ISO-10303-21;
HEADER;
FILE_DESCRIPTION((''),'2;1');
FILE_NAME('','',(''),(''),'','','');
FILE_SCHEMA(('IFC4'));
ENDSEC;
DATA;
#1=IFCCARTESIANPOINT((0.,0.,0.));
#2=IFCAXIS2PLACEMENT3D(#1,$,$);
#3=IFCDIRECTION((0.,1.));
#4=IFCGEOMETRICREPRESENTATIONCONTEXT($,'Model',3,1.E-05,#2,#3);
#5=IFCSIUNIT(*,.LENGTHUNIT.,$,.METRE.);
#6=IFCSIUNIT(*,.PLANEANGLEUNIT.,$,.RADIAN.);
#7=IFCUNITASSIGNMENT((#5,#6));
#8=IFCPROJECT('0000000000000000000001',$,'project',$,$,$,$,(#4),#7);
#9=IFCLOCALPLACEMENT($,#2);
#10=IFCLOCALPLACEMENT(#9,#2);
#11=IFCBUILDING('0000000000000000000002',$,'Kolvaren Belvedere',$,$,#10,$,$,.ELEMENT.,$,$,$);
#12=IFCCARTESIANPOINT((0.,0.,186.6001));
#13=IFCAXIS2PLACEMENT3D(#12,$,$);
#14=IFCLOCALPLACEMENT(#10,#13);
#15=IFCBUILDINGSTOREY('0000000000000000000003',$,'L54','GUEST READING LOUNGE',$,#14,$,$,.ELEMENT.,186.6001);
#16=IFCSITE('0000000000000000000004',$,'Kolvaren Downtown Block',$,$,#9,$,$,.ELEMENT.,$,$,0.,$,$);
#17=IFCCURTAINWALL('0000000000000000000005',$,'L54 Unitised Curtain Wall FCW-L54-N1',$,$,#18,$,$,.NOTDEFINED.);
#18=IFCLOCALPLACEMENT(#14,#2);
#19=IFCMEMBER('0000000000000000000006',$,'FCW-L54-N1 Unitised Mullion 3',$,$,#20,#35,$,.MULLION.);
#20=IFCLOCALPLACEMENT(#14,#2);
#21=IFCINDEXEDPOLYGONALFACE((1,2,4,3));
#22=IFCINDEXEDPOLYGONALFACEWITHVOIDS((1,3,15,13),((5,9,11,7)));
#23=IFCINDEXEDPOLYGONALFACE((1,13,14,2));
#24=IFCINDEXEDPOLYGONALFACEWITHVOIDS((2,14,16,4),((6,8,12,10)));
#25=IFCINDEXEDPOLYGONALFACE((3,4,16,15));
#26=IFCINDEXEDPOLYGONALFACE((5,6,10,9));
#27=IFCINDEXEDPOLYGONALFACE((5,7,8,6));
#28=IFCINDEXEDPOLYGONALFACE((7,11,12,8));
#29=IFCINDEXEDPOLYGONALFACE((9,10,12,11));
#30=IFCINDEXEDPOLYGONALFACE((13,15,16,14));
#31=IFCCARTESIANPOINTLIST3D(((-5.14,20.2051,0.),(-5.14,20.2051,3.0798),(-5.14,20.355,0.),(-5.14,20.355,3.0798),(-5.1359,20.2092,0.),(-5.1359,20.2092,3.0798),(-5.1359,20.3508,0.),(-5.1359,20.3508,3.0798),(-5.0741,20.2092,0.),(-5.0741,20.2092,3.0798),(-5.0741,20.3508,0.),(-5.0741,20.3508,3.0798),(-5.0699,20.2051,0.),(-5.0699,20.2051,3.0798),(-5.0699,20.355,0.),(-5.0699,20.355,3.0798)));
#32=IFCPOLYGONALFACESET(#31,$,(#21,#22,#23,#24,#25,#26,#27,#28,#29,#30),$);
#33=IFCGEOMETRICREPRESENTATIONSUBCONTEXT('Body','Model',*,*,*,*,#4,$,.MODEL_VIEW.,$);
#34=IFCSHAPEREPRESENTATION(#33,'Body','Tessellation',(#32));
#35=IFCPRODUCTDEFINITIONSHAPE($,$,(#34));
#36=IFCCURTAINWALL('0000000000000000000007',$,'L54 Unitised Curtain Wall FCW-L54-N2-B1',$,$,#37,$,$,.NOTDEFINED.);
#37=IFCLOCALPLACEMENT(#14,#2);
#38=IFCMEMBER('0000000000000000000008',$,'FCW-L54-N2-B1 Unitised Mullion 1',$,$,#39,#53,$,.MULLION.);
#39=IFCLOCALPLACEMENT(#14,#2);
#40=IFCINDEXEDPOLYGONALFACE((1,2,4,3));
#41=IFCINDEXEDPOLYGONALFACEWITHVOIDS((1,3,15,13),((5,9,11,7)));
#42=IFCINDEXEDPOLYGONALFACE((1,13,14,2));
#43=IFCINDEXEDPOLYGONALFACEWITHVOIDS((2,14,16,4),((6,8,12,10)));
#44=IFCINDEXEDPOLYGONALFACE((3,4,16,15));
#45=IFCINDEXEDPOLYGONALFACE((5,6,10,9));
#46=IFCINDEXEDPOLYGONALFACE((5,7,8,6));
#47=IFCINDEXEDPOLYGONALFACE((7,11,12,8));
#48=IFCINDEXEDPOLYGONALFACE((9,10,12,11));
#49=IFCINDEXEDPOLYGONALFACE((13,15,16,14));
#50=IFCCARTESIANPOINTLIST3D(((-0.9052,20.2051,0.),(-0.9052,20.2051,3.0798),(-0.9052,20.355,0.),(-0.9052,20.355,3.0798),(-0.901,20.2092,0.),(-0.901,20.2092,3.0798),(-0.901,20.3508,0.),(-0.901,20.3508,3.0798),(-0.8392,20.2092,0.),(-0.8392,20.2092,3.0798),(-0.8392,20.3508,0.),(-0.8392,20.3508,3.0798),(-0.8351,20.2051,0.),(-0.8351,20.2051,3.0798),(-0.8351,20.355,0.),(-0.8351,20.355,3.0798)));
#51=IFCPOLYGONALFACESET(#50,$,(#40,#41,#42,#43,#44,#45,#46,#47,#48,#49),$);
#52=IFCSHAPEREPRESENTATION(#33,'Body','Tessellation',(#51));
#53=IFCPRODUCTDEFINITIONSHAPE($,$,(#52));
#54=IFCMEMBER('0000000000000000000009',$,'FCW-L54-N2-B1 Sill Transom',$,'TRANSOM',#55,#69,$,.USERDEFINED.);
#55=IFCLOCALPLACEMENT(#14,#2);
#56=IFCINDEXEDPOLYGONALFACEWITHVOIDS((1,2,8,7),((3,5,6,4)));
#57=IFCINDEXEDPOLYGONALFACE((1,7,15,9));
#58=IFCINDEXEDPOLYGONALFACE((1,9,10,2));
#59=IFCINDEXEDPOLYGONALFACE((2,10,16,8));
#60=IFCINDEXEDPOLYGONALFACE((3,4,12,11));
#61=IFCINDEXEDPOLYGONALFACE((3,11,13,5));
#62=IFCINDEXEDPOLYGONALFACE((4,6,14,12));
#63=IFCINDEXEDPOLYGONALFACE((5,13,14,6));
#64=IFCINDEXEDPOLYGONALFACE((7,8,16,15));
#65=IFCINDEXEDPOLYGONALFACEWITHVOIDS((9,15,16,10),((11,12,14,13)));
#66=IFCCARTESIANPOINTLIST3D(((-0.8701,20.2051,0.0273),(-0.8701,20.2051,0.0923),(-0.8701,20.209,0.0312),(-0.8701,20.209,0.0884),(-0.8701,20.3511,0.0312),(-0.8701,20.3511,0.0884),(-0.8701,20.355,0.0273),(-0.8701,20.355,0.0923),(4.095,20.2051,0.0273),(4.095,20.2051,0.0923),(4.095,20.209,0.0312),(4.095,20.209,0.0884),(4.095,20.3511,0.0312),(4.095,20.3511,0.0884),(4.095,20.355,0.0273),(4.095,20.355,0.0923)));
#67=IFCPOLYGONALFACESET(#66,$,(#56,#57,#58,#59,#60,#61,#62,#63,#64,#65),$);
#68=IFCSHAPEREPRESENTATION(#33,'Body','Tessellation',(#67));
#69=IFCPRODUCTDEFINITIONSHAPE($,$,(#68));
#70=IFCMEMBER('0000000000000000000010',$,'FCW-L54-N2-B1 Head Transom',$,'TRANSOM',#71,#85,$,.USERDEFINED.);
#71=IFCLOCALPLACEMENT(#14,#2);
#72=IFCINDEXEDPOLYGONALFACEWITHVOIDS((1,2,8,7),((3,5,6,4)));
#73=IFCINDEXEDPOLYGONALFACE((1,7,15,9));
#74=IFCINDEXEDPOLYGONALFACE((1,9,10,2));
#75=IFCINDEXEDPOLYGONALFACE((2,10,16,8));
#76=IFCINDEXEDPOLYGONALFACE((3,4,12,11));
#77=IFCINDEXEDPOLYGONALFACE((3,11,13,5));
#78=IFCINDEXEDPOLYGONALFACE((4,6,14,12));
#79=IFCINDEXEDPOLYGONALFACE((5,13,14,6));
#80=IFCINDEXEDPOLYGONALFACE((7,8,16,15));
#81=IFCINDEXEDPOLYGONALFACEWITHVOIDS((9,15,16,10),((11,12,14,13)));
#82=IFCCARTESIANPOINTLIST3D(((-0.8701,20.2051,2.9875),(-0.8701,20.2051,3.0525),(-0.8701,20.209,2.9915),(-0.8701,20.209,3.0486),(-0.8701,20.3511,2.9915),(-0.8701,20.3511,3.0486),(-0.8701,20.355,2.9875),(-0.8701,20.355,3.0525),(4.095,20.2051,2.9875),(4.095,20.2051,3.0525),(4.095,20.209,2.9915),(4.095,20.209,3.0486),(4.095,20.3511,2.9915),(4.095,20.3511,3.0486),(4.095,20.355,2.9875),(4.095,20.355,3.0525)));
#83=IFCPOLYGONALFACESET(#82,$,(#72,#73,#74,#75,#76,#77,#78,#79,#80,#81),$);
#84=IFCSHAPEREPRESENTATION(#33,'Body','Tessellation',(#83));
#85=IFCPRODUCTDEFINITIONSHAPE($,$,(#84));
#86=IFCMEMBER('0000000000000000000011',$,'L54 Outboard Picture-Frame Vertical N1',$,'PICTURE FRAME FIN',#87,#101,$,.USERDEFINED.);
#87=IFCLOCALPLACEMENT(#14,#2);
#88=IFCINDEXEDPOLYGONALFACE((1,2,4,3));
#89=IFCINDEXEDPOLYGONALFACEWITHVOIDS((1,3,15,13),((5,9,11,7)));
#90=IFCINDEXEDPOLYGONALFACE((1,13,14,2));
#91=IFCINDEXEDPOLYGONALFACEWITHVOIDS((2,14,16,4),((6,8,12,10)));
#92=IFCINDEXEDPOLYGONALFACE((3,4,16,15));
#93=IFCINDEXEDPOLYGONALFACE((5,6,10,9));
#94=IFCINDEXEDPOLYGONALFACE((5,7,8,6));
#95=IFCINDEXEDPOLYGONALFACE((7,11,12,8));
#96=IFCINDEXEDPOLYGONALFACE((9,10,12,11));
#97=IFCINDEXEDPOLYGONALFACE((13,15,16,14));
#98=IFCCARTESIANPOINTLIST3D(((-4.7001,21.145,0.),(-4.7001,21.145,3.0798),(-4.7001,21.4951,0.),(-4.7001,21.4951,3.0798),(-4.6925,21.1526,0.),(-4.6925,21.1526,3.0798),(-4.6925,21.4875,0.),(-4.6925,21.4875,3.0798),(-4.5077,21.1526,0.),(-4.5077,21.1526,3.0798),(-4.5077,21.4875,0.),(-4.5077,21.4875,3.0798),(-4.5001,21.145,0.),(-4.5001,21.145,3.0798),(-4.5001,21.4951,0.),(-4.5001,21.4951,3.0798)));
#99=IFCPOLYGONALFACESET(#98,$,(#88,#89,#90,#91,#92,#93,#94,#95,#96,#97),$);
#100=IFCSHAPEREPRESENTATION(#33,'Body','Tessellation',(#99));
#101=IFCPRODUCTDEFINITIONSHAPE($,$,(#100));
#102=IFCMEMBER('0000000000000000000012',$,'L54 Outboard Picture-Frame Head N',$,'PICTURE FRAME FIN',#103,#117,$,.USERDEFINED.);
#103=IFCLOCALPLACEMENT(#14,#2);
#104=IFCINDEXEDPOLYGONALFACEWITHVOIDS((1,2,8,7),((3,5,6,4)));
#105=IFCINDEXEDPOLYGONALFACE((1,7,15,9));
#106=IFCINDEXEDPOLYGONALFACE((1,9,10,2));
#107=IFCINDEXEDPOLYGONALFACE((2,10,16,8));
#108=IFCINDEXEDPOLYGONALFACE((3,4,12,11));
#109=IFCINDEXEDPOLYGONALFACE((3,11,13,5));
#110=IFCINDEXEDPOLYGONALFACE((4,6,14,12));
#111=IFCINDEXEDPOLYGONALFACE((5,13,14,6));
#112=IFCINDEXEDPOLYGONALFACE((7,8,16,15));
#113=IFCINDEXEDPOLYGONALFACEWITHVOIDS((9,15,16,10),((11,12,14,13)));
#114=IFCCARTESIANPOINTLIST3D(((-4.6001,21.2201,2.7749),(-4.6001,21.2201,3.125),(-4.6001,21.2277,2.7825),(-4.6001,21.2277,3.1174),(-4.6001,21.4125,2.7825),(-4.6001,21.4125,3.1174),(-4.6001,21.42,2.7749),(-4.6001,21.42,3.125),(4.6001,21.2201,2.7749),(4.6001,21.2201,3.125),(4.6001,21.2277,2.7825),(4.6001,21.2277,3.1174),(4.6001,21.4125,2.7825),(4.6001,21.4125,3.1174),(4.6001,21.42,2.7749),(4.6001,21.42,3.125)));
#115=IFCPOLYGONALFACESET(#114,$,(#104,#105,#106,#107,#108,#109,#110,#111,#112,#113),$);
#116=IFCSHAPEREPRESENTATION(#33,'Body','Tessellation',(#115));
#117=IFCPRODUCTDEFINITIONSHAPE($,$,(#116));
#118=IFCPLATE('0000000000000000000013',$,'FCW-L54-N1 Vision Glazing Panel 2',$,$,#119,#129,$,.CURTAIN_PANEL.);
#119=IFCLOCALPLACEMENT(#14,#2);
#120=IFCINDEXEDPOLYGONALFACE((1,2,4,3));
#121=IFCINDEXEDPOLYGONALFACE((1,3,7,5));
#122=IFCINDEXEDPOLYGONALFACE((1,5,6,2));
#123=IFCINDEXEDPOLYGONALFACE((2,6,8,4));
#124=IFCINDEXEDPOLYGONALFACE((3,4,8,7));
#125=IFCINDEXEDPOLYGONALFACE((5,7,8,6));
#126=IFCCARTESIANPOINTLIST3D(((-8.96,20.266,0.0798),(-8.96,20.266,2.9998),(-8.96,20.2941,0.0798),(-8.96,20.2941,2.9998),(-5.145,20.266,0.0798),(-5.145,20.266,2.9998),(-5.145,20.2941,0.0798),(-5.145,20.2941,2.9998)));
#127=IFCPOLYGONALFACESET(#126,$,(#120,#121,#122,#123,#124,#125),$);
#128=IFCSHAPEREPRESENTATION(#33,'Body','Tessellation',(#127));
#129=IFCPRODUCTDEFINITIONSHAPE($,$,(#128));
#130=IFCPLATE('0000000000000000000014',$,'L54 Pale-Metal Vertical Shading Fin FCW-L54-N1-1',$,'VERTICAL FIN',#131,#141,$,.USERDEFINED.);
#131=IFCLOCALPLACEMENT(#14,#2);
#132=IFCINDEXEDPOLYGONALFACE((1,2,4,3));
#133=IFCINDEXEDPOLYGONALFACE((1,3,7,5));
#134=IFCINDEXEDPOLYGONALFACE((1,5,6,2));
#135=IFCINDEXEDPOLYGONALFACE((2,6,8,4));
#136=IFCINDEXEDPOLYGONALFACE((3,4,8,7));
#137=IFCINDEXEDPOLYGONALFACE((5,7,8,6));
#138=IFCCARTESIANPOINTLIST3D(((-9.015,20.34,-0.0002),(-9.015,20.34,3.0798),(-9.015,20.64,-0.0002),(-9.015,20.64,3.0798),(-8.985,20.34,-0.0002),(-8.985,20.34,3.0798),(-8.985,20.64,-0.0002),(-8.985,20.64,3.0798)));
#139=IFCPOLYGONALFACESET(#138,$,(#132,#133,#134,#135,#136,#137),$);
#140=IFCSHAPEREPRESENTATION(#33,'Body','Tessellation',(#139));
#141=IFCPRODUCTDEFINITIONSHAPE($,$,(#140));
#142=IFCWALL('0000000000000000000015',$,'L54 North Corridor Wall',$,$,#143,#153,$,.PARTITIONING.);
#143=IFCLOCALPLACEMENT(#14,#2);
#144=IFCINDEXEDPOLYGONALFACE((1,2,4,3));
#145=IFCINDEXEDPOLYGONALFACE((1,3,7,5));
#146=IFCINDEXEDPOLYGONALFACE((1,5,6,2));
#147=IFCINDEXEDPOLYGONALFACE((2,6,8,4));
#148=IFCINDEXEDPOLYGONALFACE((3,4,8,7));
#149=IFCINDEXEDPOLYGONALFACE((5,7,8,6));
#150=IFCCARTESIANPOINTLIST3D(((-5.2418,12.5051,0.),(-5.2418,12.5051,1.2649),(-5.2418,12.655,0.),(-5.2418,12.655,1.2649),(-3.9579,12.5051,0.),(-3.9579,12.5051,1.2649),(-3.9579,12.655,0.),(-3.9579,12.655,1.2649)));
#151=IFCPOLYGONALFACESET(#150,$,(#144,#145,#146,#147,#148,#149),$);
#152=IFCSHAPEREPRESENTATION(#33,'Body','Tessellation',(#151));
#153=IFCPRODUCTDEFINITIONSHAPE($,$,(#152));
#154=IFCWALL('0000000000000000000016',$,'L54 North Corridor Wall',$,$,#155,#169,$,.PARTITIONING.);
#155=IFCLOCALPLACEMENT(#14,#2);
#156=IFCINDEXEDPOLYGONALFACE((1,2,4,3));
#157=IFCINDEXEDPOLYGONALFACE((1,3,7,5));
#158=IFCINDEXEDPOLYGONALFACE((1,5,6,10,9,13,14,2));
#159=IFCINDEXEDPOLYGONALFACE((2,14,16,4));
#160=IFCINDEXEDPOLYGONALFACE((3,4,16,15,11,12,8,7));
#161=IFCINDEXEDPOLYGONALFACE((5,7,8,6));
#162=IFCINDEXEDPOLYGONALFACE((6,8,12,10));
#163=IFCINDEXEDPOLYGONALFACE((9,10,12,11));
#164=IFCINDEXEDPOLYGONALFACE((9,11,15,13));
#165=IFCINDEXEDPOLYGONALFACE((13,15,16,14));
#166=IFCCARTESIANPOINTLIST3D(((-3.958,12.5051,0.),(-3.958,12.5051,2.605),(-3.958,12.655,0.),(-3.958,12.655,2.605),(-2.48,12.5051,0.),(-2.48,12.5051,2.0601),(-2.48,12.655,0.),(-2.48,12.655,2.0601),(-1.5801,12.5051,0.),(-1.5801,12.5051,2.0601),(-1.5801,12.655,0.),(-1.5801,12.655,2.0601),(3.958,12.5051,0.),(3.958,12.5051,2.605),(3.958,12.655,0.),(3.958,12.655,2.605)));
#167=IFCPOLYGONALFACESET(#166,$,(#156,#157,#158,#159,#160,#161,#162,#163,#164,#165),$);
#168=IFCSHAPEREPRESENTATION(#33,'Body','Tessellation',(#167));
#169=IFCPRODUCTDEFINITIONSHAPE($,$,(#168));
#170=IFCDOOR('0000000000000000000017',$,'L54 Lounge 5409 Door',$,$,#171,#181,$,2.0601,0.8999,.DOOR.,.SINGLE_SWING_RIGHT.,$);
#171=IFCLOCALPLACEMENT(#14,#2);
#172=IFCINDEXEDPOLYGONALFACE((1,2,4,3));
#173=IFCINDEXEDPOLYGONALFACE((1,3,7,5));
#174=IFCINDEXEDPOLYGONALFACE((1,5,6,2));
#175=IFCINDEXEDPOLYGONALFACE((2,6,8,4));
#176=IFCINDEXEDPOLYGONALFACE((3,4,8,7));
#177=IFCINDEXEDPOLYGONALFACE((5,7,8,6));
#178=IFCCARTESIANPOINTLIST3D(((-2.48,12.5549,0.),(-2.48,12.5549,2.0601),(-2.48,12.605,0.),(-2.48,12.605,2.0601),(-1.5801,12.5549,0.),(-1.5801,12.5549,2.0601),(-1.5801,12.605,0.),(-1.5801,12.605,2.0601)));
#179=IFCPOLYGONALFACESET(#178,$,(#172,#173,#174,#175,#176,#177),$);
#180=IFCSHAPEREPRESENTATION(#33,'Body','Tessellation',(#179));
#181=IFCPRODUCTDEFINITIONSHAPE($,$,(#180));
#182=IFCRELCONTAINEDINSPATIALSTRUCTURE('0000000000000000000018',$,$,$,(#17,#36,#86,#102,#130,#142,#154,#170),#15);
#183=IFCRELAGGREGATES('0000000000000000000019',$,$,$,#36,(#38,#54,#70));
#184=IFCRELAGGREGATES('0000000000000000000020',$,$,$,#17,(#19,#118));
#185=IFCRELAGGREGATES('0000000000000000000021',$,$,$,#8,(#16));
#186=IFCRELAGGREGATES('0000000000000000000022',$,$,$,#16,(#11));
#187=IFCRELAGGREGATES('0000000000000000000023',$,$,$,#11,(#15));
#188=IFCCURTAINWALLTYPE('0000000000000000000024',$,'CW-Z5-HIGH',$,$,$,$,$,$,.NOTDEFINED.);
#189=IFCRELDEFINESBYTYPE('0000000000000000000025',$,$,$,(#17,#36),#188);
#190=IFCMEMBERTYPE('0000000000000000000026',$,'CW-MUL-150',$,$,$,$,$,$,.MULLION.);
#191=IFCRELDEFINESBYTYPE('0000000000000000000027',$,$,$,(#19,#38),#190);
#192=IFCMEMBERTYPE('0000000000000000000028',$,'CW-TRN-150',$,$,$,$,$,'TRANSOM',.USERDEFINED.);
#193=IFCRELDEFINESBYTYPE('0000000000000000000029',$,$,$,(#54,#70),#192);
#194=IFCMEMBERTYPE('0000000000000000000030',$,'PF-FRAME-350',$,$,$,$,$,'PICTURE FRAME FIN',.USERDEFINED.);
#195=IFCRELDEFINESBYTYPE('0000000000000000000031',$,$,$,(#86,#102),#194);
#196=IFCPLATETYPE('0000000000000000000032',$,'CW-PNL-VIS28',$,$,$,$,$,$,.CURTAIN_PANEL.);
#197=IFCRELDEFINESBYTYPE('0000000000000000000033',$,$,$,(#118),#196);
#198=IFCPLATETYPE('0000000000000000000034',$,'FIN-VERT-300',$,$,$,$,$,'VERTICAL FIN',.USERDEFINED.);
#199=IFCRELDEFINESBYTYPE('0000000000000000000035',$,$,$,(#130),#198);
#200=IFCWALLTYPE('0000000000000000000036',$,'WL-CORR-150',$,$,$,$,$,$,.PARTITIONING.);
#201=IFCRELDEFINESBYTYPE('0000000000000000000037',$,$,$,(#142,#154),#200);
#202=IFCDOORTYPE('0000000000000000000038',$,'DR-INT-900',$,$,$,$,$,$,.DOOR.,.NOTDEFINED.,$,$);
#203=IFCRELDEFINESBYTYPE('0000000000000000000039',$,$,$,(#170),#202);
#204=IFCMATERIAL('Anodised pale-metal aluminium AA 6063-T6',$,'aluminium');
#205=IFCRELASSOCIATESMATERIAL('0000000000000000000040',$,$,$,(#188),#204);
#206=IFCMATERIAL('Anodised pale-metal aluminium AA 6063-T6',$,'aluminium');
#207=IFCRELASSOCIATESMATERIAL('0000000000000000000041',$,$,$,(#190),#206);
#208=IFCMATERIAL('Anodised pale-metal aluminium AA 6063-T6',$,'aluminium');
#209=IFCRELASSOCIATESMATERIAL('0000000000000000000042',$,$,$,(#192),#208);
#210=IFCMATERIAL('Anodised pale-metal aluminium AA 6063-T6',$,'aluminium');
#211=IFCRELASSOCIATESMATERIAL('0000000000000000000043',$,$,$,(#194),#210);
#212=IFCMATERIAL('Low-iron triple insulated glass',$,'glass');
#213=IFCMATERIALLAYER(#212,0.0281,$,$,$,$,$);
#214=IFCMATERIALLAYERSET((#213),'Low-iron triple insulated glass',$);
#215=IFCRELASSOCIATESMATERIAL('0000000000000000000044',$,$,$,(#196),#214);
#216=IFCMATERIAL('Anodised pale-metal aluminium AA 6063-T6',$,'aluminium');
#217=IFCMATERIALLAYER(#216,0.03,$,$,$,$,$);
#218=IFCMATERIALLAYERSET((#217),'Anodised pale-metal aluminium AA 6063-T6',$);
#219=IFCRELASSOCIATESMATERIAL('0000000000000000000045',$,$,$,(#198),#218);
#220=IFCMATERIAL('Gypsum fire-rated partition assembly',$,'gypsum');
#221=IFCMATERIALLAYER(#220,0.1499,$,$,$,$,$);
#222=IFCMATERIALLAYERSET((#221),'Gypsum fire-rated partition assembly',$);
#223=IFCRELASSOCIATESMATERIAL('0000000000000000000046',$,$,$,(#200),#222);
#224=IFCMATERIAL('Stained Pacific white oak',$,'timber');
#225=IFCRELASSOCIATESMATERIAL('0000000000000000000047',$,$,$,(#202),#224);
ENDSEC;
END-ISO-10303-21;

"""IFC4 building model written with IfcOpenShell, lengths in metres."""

from ifc_helpers import new_model, si_unit, direction, frame, frame_2d, origin, origin_2d, place, context, subcontext, project, spatial, rectangle, hollow_rectangle, extrude, material, layer, layer_set, material_profile, profile_set, type_object, element, fill, aggregate, save


model = new_model("IFC4")

# Units and contexts
model_context = context("Model", 3, precision=1e-05, world=origin(), true_north=direction((0.0, 1.0)))
body_context = subcontext(model_context, "Body", "Model", "MODEL_VIEW")
ifc_project = project(units=[si_unit("LENGTHUNIT", "METRE"), si_unit("PLANEANGLEUNIT", "RADIAN")], contexts=[model_context])

# Site, building, storey
site_placement = place(None, origin())
site = spatial("IfcSite", under=ifc_project, at=site_placement, Name="Kolvaren Downtown Block", CompositionType="ELEMENT", RefElevation=0.0)
building_placement = place(site_placement, origin())
building = spatial("IfcBuilding", under=site, at=building_placement, Name="Kolvaren Belvedere", CompositionType="ELEMENT")
storey_placement = place(building_placement, frame((0.0, 0.0, 186.6001)))
storey = spatial("IfcBuildingStorey", under=building, at=storey_placement, Name="L54", Description="GUEST READING LOUNGE", CompositionType="ELEMENT", Elevation=186.6001)

# Curtain walls, members
ifc_material_1 = material(Name="Anodised pale-metal aluminium AA 6063-T6", Category="aluminium")
curtain_wall_type = type_object("IfcCurtainWallType", Name="CW-Z5-HIGH", PredefinedType="NOTDEFINED", material=ifc_material_1)
curtain_wall_1_placement = place(storey_placement, origin())
curtain_wall_1 = element("IfcCurtainWall", 1, at=curtain_wall_1_placement, inside=storey, type_object=curtain_wall_type, Name="L54 Unitised Curtain Wall FCW-L54-N1", PredefinedType="NOTDEFINED")
ifc_material_2 = material(Name="Anodised pale-metal aluminium AA 6063-T6", Category="aluminium")
ifc_material_profile_1 = material_profile(ifc_material_2, hollow_rectangle(XDim=0.0701, YDim=0.1499, WallThickness=0.0042, at=origin_2d()), Name="ALU-MUL-150X70")
ifc_profile_set_1 = profile_set([ifc_material_profile_1], Name="Anodised pale-metal aluminium AA 6063-T6")
member_type_1 = type_object("IfcMemberType", Name="CW-MUL-150", PredefinedType="MULLION", material=ifc_profile_set_1)
member_1_placement = place(storey_placement, frame((-5.105, 20.28, 0.0), z_axis=(0.0, 0.0, 1.0), x_axis=(1.0, 0.0, 0.0)))
member_1 = element("IfcMember", 2, at=member_1_placement, type_object=member_type_1, Name="FCW-L54-N1 Unitised Mullion 3", PredefinedType="MULLION", context=body_context, shape_type="SweptSolid", body=[
    extrude(hollow_rectangle(XDim=0.0701, YDim=0.1499, WallThickness=0.0042, at=origin_2d()), origin(), (0.0, 0.0, 1.0), 3.0798),
])
curtain_wall_2_placement = place(storey_placement, origin())
curtain_wall_2 = element("IfcCurtainWall", 3, at=curtain_wall_2_placement, inside=storey, type_object=curtain_wall_type, Name="L54 Unitised Curtain Wall FCW-L54-N2-B1", PredefinedType="NOTDEFINED")
member_2_placement = place(storey_placement, frame((-0.8701, 20.28, 0.0), z_axis=(0.0, 0.0, 1.0), x_axis=(1.0, 0.0, 0.0)))
member_2 = element("IfcMember", 4, at=member_2_placement, type_object=member_type_1, Name="FCW-L54-N2-B1 Unitised Mullion 1", PredefinedType="MULLION", context=body_context, shape_type="SweptSolid", body=[
    extrude(hollow_rectangle(XDim=0.0701, YDim=0.1499, WallThickness=0.0042, at=origin_2d()), origin(), (0.0, 0.0, 1.0), 3.0798),
])
ifc_material_3 = material(Name="Anodised pale-metal aluminium AA 6063-T6", Category="aluminium")
ifc_material_profile_2 = material_profile(ifc_material_3, hollow_rectangle(XDim=0.0649, YDim=0.1499, WallThickness=0.0039, at=origin_2d()), Name="ALU-TRN-150X65")
ifc_profile_set_2 = profile_set([ifc_material_profile_2], Name="Anodised pale-metal aluminium AA 6063-T6")
member_type_2 = type_object("IfcMemberType", Name="CW-TRN-150", ElementType="TRANSOM", PredefinedType="USERDEFINED", material=ifc_profile_set_2)
member_3_placement = place(storey_placement, frame((-0.8701, 20.28, 0.0598), z_axis=(1.0, 0.0, 0.0), x_axis=(0.0, 0.0, 1.0)))
member_3 = element("IfcMember", 5, at=member_3_placement, type_object=member_type_2, Name="FCW-L54-N2-B1 Sill Transom", ObjectType="TRANSOM", PredefinedType="USERDEFINED", context=body_context, shape_type="SweptSolid", body=[
    extrude(hollow_rectangle(XDim=0.0649, YDim=0.1499, WallThickness=0.0039, at=origin_2d()), origin(), (0.0, 0.0, 1.0), 4.9651),
])
member_4_placement = place(storey_placement, frame((-0.8701, 20.28, 3.02), z_axis=(1.0, 0.0, 0.0), x_axis=(0.0, 0.0, 1.0)))
member_4 = element("IfcMember", 6, at=member_4_placement, type_object=member_type_2, Name="FCW-L54-N2-B1 Head Transom", ObjectType="TRANSOM", PredefinedType="USERDEFINED", context=body_context, shape_type="SweptSolid", body=[
    extrude(hollow_rectangle(XDim=0.0649, YDim=0.1499, WallThickness=0.0039, at=origin_2d()), origin(), (0.0, 0.0, 1.0), 4.9651),
])
aggregate(curtain_wall_2, [member_2, member_3, member_4])

# Members
ifc_material_4 = material(Name="Anodised pale-metal aluminium AA 6063-T6", Category="aluminium")
ifc_material_profile_3 = material_profile(ifc_material_4, hollow_rectangle(XDim=0.2, YDim=0.3501, WallThickness=0.0076, at=origin_2d()), Name="ALU-PF-350X200")
ifc_profile_set_3 = profile_set([ifc_material_profile_3], Name="Anodised pale-metal aluminium AA 6063-T6")
member_type_3 = type_object("IfcMemberType", Name="PF-FRAME-350", ElementType="PICTURE FRAME FIN", PredefinedType="USERDEFINED", material=ifc_profile_set_3)
member_5_placement = place(storey_placement, frame((-4.6001, 21.3201, 0.0), z_axis=(0.0, 0.0, 1.0), x_axis=(1.0, 0.0, 0.0)))
element("IfcMember", 7, at=member_5_placement, inside=storey, type_object=member_type_3, Name="L54 Outboard Picture-Frame Vertical N1", ObjectType="PICTURE FRAME FIN", PredefinedType="USERDEFINED", context=body_context, shape_type="SweptSolid", body=[
    extrude(hollow_rectangle(XDim=0.2, YDim=0.3501, WallThickness=0.0076, at=origin_2d()), origin(), (0.0, 0.0, 1.0), 3.0798),
])
member_6_placement = place(storey_placement, frame((-4.6001, 21.3201, 2.95), z_axis=(1.0, 0.0, 0.0), x_axis=(0.0, 1.0, 0.0)))
element("IfcMember", 8, at=member_6_placement, inside=storey, type_object=member_type_3, Name="L54 Outboard Picture-Frame Head N", ObjectType="PICTURE FRAME FIN", PredefinedType="USERDEFINED", context=body_context, shape_type="SweptSolid", body=[
    extrude(hollow_rectangle(XDim=0.2, YDim=0.3501, WallThickness=0.0076, at=origin_2d()), origin(), (0.0, 0.0, 1.0), 9.2002),
])

# Plates
ifc_material_5 = material(Name="Low-iron triple insulated glass", Category="glass")
ifc_layer_1 = layer(ifc_material_5, 0.0281)
ifc_layer_set_1 = layer_set([ifc_layer_1], Name="Low-iron triple insulated glass")
plate_type_1 = type_object("IfcPlateType", Name="CW-PNL-VIS28", PredefinedType="CURTAIN_PANEL", material=ifc_layer_set_1)
plate_1_placement = place(storey_placement, frame((-7.0525, 20.28, 0.0798), z_axis=(0.0, 0.0, 1.0), x_axis=(1.0, 0.0, 0.0)))
plate_1 = element("IfcPlate", 9, at=plate_1_placement, type_object=plate_type_1, Name="FCW-L54-N1 Vision Glazing Panel 2", PredefinedType="CURTAIN_PANEL", context=body_context, shape_type="SweptSolid", body=[
    extrude(rectangle(XDim=3.8149, YDim=0.0281, at=origin_2d()), origin(), (0.0, 0.0, 1.0), 2.9199),
])
aggregate(curtain_wall_1, [member_1, plate_1])
ifc_material_6 = material(Name="Anodised pale-metal aluminium AA 6063-T6", Category="aluminium")
ifc_layer_2 = layer(ifc_material_6, 0.03)
ifc_layer_set_2 = layer_set([ifc_layer_2], Name="Anodised pale-metal aluminium AA 6063-T6")
plate_type_2 = type_object("IfcPlateType", Name="FIN-VERT-300", ElementType="VERTICAL FIN", PredefinedType="USERDEFINED", material=ifc_layer_set_2)
plate_2_placement = place(storey_placement, frame((-9.0, 20.49, -0.0002), z_axis=(0.0, 0.0, 1.0), x_axis=(0.0, 1.0, 0.0)))
element("IfcPlate", 10, at=plate_2_placement, inside=storey, type_object=plate_type_2, Name="L54 Pale-Metal Vertical Shading Fin FCW-L54-N1-1", ObjectType="VERTICAL FIN", PredefinedType="USERDEFINED", context=body_context, shape_type="SweptSolid", body=[
    extrude(rectangle(XDim=0.3, YDim=0.03, at=origin_2d()), origin(), (0.0, 0.0, 1.0), 3.0801),
])

# Wall
ifc_material_7 = material(Name="Gypsum fire-rated partition assembly", Category="gypsum")
ifc_layer_3 = layer(ifc_material_7, 0.1499)
ifc_layer_set_3 = layer_set([ifc_layer_3], Name="Gypsum fire-rated partition assembly")
wall_type_1 = type_object("IfcWallType", Name="WL-CORR-150", PredefinedType="PARTITIONING", material=ifc_layer_set_3)
wall_1_placement = place(storey_placement, frame((-5.2419, 12.5801, 0.0), z_axis=(0.0, 0.0, 1.0), x_axis=(1.0, 0.0, 0.0)))
element("IfcWall", 11, at=wall_1_placement, inside=storey, type_object=wall_type_1, Name="L54 North Corridor Wall", PredefinedType="PARTITIONING", context=body_context, shape_type="SweptSolid", body=[
    extrude(rectangle(XDim=1.2839, YDim=0.1499, at=frame_2d((0.6421, 0.0))), origin(), (0.0, 0.0, 1.0), 1.2649),
])

# Wall, opening, door
wall_2_placement = place(storey_placement, frame((-3.958, 12.5801, 0.0), z_axis=(0.0, 0.0, 1.0), x_axis=(1.0, 0.0, 0.0)))
wall_2 = element("IfcWall", 12, at=wall_2_placement, inside=storey, type_object=wall_type_1, Name="L54 North Corridor Wall", PredefinedType="PARTITIONING", context=body_context, shape_type="SweptSolid", body=[
    extrude(rectangle(XDim=7.916, YDim=0.1499, at=frame_2d((3.958, 0.0))), origin(), (0.0, 0.0, 1.0), 2.605),
])
opening_1_placement = place(wall_2_placement, frame((1.478, 0.0, 0.0)))
opening_1 = element("IfcOpeningElement", 13, at=opening_1_placement, cuts=wall_2, PredefinedType="OPENING", context=body_context, shape_type="SweptSolid", body=[
    extrude(rectangle(XDim=0.8999, YDim=2.0601, at=frame_2d((0.45, 1.03))), frame((0.0, 0.085, 0.0), z_axis=(0.0, -1.0, 0.0), x_axis=(1.0, 0.0, 0.0)), (0.0, 0.0, 1.0), 0.1699),
])
ifc_material_8 = material(Name="Stained Pacific white oak", Category="timber")
door_type_1 = type_object("IfcDoorType", Name="DR-INT-900", OperationType="NOTDEFINED", PredefinedType="DOOR", material=ifc_material_8)
door_1_placement = place(opening_1_placement, origin())
door_1 = element("IfcDoor", 14, at=door_1_placement, inside=storey, type_object=door_type_1, Name="L54 Lounge 5409 Door", OperationType="SINGLE_SWING_RIGHT", OverallHeight=2.0601, OverallWidth=0.8999, PredefinedType="DOOR", context=body_context, shape_type="SweptSolid", body=[
    extrude(rectangle(XDim=0.8999, YDim=2.0601, at=frame_2d((0.45, 1.03))), frame((0.0, 0.0249, 0.0), z_axis=(0.0, -1.0, 0.0), x_axis=(1.0, 0.0, 0.0)), (0.0, 0.0, 1.0), 0.05),
])
fill(opening_1, door_1)

save(model, "model.ifc")
